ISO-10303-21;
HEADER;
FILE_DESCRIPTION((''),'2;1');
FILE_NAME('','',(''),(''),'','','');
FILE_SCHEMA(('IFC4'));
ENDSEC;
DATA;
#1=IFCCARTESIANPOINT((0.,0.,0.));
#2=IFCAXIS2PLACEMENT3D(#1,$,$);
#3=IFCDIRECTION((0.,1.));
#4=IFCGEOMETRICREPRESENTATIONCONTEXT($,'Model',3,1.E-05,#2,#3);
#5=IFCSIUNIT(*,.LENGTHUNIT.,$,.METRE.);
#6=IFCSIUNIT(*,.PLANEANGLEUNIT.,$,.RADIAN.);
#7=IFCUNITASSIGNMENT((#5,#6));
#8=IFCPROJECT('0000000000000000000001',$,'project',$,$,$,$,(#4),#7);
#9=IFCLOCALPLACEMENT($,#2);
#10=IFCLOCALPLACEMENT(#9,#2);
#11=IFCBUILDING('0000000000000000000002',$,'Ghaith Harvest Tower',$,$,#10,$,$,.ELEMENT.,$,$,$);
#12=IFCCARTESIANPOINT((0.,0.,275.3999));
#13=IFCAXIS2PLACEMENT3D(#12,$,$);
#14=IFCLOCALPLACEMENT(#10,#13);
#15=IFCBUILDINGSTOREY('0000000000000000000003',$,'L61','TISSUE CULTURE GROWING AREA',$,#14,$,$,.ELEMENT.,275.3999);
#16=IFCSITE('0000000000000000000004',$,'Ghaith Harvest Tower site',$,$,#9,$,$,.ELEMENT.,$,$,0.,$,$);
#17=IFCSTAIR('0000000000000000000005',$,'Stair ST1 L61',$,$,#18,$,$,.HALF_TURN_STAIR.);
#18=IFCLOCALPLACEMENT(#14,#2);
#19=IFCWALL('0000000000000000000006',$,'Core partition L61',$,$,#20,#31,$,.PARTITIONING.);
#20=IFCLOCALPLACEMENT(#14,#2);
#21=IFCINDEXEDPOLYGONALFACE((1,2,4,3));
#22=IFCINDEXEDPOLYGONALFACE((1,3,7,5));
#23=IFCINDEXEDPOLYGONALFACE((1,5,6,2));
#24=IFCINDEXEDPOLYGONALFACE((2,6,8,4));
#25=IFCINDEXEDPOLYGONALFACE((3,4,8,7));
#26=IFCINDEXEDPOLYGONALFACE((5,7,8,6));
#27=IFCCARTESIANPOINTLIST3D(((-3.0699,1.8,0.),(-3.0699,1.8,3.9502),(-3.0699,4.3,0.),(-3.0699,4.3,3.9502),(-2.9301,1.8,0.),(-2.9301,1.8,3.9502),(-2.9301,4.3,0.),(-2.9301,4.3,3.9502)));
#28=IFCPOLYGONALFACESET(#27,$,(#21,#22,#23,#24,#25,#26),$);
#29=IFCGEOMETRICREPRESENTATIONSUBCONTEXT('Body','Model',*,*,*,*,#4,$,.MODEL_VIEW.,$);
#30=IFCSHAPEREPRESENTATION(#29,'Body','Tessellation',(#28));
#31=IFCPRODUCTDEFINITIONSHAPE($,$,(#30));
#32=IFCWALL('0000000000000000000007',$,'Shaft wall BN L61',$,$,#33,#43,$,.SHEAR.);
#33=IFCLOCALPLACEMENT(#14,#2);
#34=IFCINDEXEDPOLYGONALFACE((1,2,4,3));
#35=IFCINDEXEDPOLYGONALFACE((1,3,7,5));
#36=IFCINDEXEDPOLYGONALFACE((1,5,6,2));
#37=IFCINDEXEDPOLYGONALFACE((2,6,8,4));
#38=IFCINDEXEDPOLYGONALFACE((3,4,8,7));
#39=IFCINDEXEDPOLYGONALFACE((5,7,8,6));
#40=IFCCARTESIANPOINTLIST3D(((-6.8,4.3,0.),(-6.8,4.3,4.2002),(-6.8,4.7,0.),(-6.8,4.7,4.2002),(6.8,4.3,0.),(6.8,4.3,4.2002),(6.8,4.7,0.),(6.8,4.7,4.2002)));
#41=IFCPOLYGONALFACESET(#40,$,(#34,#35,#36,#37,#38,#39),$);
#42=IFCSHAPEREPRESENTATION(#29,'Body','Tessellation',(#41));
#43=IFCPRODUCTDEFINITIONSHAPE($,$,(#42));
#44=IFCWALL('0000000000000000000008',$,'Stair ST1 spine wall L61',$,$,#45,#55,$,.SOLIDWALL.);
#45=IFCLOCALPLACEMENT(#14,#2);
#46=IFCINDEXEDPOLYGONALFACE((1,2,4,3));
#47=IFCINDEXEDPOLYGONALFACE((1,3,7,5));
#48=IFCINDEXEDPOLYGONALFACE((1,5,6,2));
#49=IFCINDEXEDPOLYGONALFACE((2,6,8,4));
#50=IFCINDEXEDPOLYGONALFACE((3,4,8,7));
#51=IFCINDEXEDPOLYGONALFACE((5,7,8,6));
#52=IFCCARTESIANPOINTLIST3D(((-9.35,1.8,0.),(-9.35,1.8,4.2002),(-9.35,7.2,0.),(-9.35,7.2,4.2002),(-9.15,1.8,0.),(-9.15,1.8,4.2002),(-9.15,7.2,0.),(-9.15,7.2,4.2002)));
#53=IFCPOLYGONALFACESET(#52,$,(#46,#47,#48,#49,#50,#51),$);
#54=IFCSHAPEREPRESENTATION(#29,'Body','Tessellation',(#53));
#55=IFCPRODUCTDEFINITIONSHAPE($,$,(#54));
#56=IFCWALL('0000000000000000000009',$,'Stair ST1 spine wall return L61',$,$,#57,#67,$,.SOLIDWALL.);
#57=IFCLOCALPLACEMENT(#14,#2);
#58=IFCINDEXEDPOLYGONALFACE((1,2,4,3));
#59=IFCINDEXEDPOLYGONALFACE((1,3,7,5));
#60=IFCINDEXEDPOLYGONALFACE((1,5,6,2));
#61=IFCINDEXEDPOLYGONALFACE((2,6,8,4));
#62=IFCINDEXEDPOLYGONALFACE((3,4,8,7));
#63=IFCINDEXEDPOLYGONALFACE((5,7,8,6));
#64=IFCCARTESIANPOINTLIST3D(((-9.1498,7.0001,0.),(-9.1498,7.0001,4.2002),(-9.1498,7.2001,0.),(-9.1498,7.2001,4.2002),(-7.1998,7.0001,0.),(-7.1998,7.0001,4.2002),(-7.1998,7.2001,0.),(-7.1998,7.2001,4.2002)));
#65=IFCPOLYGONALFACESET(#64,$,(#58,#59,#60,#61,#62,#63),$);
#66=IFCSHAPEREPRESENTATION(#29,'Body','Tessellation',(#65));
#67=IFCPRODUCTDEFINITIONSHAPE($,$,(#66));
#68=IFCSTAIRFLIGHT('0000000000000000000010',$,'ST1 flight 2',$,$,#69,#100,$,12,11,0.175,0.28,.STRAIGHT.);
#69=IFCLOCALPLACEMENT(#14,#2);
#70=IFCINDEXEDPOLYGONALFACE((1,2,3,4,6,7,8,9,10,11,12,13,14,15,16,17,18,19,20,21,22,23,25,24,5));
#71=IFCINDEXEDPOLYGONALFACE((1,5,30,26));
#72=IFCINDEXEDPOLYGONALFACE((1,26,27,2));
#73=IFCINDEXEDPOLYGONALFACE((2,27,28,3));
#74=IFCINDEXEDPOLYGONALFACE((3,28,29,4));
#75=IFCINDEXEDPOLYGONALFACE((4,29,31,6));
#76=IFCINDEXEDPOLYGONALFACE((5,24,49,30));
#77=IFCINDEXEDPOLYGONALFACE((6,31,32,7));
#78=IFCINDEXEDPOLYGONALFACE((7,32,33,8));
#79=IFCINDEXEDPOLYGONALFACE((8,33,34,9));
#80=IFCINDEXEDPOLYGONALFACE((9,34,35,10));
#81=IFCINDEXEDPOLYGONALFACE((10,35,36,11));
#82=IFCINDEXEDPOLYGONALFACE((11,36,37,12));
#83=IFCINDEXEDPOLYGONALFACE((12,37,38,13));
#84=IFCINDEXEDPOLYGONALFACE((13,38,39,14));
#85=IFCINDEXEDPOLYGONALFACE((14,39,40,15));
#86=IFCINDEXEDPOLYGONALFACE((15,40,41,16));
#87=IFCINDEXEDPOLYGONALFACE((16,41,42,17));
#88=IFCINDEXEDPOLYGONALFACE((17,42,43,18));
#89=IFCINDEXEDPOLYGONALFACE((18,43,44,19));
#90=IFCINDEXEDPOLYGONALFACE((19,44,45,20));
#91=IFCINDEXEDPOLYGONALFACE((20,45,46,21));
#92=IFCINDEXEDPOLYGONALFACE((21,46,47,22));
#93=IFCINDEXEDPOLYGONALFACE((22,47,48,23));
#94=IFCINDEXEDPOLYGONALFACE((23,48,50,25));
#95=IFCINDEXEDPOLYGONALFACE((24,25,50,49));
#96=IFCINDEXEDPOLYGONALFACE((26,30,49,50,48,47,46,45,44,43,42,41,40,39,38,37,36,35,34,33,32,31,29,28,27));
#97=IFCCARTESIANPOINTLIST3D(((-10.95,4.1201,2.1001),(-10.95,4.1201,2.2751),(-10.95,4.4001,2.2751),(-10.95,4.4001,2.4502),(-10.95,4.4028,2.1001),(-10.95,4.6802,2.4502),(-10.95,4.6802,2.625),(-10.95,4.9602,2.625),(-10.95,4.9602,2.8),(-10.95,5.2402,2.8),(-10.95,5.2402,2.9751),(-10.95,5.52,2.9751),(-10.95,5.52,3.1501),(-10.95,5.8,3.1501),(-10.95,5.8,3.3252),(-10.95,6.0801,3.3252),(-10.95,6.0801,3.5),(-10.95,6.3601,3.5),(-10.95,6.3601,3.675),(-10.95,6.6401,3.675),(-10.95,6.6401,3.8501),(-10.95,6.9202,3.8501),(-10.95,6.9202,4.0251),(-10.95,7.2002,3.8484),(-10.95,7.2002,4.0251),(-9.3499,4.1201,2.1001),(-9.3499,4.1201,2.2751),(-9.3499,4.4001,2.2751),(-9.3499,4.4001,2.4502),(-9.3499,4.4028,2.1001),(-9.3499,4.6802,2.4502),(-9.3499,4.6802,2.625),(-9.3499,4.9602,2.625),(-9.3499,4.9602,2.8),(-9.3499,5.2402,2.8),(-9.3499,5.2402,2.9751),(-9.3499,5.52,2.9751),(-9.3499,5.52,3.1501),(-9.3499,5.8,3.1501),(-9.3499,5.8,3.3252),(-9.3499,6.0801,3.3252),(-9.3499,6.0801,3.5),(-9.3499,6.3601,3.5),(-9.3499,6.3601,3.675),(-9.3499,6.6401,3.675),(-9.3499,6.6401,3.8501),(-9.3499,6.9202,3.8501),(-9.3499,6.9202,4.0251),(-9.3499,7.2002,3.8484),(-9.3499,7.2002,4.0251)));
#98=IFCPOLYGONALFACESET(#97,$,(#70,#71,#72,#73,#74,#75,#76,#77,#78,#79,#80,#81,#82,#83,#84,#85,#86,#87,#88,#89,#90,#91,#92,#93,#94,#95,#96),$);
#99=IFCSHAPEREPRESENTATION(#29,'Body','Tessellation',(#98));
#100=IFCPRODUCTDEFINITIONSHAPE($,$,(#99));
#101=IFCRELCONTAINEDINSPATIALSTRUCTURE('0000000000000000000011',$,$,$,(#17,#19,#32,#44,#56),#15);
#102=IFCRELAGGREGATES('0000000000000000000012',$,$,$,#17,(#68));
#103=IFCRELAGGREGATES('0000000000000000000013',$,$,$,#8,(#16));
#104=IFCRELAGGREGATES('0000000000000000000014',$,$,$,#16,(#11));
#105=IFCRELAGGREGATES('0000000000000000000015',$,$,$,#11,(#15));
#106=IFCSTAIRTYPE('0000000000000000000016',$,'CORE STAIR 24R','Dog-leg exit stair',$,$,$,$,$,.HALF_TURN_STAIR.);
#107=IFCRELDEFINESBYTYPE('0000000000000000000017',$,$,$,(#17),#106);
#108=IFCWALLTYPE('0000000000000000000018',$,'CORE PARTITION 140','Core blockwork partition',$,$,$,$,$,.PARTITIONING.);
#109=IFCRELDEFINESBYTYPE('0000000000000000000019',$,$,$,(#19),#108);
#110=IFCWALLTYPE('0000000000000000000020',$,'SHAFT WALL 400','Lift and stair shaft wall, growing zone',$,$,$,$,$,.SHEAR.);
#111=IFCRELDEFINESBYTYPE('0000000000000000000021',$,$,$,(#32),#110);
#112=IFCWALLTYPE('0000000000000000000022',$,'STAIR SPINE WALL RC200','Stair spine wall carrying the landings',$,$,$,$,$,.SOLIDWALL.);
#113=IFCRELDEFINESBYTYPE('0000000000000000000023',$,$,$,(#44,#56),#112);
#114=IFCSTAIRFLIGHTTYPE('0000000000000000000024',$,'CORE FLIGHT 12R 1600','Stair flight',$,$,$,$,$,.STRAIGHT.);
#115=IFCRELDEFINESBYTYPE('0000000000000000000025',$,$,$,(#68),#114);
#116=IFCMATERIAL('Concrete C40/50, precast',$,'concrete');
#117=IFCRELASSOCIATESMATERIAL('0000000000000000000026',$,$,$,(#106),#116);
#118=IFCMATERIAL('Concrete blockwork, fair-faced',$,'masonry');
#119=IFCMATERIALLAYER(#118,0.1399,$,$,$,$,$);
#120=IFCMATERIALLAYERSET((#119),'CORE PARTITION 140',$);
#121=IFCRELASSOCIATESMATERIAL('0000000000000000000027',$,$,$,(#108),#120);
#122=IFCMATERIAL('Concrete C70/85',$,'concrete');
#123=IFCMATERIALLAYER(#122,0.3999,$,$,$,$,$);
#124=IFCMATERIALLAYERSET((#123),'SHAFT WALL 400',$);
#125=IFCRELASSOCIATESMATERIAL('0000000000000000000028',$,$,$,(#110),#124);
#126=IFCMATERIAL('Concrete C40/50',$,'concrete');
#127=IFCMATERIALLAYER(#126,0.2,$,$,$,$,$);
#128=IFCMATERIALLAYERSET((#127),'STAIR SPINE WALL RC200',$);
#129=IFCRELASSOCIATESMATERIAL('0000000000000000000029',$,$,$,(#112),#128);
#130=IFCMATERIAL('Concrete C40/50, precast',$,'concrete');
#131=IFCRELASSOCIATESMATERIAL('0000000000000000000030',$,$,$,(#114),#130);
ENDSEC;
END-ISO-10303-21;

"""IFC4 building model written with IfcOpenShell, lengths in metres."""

from ifc_helpers import new_model, si_unit, direction, frame, frame_2d, origin, place, context, subcontext, project, spatial, polyline, rectangle, outline, extrude, material, layer, layer_set, type_object, element, aggregate, save


model = new_model("IFC4")

# Units and contexts
model_context = context("Model", 3, precision=1e-05, world=origin(), true_north=direction((0.0, 1.0)))
body_context = subcontext(model_context, "Body", "Model", "MODEL_VIEW")
ifc_project = project(units=[si_unit("LENGTHUNIT", "METRE"), si_unit("PLANEANGLEUNIT", "RADIAN")], contexts=[model_context])

# Site, building, storey
site_placement = place(None, origin())
site = spatial("IfcSite", under=ifc_project, at=site_placement, Name="Ghaith Harvest Tower site", CompositionType="ELEMENT", RefElevation=0.0)
building_placement = place(site_placement, origin())
building = spatial("IfcBuilding", under=site, at=building_placement, Name="Ghaith Harvest Tower", CompositionType="ELEMENT")
storey_placement = place(building_placement, frame((0.0, 0.0, 275.3999)))
storey = spatial("IfcBuildingStorey", under=building, at=storey_placement, Name="L61", Description="TISSUE CULTURE GROWING AREA", CompositionType="ELEMENT", Elevation=275.3999)

# Stair
ifc_material_1 = material(Name="Concrete C40/50, precast", Category="concrete")
stair_type = type_object("IfcStairType", Name="CORE STAIR 24R", Description="Dog-leg exit stair", PredefinedType="HALF_TURN_STAIR", material=ifc_material_1)
stair_1_placement = place(storey_placement, origin())
stair_1 = element("IfcStair", 1, at=stair_1_placement, inside=storey, type_object=stair_type, Name="Stair ST1 L61", PredefinedType="HALF_TURN_STAIR")

# Shared definitions
ifc_material_2 = material(Name="Concrete blockwork, fair-faced", Category="masonry")
ifc_layer_1 = layer(ifc_material_2, 0.1399)
ifc_layer_set_1 = layer_set([ifc_layer_1], Name="CORE PARTITION 140")
wall_type_1 = type_object("IfcWallType", Name="CORE PARTITION 140", Description="Core blockwork partition", PredefinedType="PARTITIONING", material=ifc_layer_set_1)

# Wall
wall_1_placement = place(storey_placement, frame((-3.0, 1.8, 0.0), z_axis=(0.0, 0.0, 1.0), x_axis=(0.0, 1.0, 0.0)))
element("IfcWall", 2, at=wall_1_placement, inside=storey, type_object=wall_type_1, Name="Core partition L61", PredefinedType="PARTITIONING", context=body_context, shape_type="SweptSolid", body=[
    extrude(rectangle(XDim=2.5, YDim=0.1399, at=frame_2d((1.25, 0.0))), origin(), (0.0, 0.0, 1.0), 3.9502),
])

# Shared definitions
ifc_material_3 = material(Name="Concrete C70/85", Category="concrete")
ifc_layer_2 = layer(ifc_material_3, 0.3999)
ifc_layer_set_2 = layer_set([ifc_layer_2], Name="SHAFT WALL 400")
wall_type_2 = type_object("IfcWallType", Name="SHAFT WALL 400", Description="Lift and stair shaft wall, growing zone", PredefinedType="SHEAR", material=ifc_layer_set_2)

# Walls
wall_2_placement = place(storey_placement, frame((-6.8, 4.5, 0.0), z_axis=(0.0, 0.0, 1.0), x_axis=(1.0, 0.0, 0.0)))
element("IfcWall", 3, at=wall_2_placement, inside=storey, type_object=wall_type_2, Name="Shaft wall BN L61", PredefinedType="SHEAR", context=body_context, shape_type="SweptSolid", body=[
    extrude(rectangle(XDim=13.6001, YDim=0.3999, at=frame_2d((6.8, 0.0))), origin(), (0.0, 0.0, 1.0), 4.2002),
])
ifc_material_4 = material(Name="Concrete C40/50", Category="concrete")
ifc_layer_3 = layer(ifc_material_4, 0.2)
ifc_layer_set_3 = layer_set([ifc_layer_3], Name="STAIR SPINE WALL RC200")
wall_type_3 = type_object("IfcWallType", Name="STAIR SPINE WALL RC200", Description="Stair spine wall carrying the landings", PredefinedType="SOLIDWALL", material=ifc_layer_set_3)
wall_3_placement = place(storey_placement, frame((-9.25, 7.2, 0.0), z_axis=(0.0, 0.0, 1.0), x_axis=(0.0, -1.0, 0.0)))
element("IfcWall", 4, at=wall_3_placement, inside=storey, type_object=wall_type_3, Name="Stair ST1 spine wall L61", PredefinedType="SOLIDWALL", context=body_context, shape_type="SweptSolid", body=[
    extrude(rectangle(XDim=5.3999, YDim=0.2, at=frame_2d((2.7, 0.0))), origin(), (0.0, 0.0, 1.0), 4.2002),
])
wall_4_placement = place(storey_placement, frame((-9.1499, 7.1001, 0.0), z_axis=(0.0, 0.0, 1.0), x_axis=(1.0, 0.0, 0.0)))
element("IfcWall", 5, at=wall_4_placement, inside=storey, type_object=wall_type_3, Name="Stair ST1 spine wall return L61", PredefinedType="SOLIDWALL", context=body_context, shape_type="SweptSolid", body=[
    extrude(rectangle(XDim=1.95, YDim=0.2, at=frame_2d((0.9751, 0.0))), origin(), (0.0, 0.0, 1.0), 4.2002),
])

# Stair flight
ifc_material_5 = material(Name="Concrete C40/50, precast", Category="concrete")
stair_flight_type = type_object("IfcStairFlightType", Name="CORE FLIGHT 12R 1600", Description="Stair flight", PredefinedType="STRAIGHT", material=ifc_material_5)
stair_flight_placement = place(storey_placement, frame((-10.1499, 4.1201, 2.1001), z_axis=(0.0, 0.0, 1.0), x_axis=(0.0, 1.0, 0.0)))
stair_flight = element("IfcStairFlight", 6, at=stair_flight_placement, type_object=stair_flight_type, Name="ST1 flight 2", NumberOfRisers=12, NumberOfTreads=11, PredefinedType="STRAIGHT", RiserHeight=0.175, TreadLength=0.28, context=body_context, shape_type="SweptSolid", body=[
    extrude(outline(polyline([(0.0, 0.0), (0.0, 0.175), (0.28, 0.175), (0.28, 0.3501), (0.5601, 0.3501), (0.5601, 0.5249), (0.8401, 0.5249), (0.8401, 0.7), (1.1201, 0.7), (1.1201, 0.875), (1.3999, 0.875), (1.3999, 1.05), (1.6799, 1.05), (1.6799, 1.2251), (1.96, 1.2251), (1.96, 1.3999), (2.24, 1.3999), (2.24, 1.575), (2.52, 1.575), (2.52, 1.75), (2.8, 1.75), (2.8, 1.925), (3.0801, 1.925), (3.0801, 2.1001), (3.0801, 1.7483), (0.2827, 0.0), (0.0, 0.0)])), frame((0.0, 0.8, 0.0), z_axis=(0.0, -1.0, 0.0), x_axis=(1.0, 0.0, 0.0)), (0.0, 0.0, 1.0), 1.6001),
])
aggregate(stair_1, [stair_flight])

save(model, "model.ifc")
